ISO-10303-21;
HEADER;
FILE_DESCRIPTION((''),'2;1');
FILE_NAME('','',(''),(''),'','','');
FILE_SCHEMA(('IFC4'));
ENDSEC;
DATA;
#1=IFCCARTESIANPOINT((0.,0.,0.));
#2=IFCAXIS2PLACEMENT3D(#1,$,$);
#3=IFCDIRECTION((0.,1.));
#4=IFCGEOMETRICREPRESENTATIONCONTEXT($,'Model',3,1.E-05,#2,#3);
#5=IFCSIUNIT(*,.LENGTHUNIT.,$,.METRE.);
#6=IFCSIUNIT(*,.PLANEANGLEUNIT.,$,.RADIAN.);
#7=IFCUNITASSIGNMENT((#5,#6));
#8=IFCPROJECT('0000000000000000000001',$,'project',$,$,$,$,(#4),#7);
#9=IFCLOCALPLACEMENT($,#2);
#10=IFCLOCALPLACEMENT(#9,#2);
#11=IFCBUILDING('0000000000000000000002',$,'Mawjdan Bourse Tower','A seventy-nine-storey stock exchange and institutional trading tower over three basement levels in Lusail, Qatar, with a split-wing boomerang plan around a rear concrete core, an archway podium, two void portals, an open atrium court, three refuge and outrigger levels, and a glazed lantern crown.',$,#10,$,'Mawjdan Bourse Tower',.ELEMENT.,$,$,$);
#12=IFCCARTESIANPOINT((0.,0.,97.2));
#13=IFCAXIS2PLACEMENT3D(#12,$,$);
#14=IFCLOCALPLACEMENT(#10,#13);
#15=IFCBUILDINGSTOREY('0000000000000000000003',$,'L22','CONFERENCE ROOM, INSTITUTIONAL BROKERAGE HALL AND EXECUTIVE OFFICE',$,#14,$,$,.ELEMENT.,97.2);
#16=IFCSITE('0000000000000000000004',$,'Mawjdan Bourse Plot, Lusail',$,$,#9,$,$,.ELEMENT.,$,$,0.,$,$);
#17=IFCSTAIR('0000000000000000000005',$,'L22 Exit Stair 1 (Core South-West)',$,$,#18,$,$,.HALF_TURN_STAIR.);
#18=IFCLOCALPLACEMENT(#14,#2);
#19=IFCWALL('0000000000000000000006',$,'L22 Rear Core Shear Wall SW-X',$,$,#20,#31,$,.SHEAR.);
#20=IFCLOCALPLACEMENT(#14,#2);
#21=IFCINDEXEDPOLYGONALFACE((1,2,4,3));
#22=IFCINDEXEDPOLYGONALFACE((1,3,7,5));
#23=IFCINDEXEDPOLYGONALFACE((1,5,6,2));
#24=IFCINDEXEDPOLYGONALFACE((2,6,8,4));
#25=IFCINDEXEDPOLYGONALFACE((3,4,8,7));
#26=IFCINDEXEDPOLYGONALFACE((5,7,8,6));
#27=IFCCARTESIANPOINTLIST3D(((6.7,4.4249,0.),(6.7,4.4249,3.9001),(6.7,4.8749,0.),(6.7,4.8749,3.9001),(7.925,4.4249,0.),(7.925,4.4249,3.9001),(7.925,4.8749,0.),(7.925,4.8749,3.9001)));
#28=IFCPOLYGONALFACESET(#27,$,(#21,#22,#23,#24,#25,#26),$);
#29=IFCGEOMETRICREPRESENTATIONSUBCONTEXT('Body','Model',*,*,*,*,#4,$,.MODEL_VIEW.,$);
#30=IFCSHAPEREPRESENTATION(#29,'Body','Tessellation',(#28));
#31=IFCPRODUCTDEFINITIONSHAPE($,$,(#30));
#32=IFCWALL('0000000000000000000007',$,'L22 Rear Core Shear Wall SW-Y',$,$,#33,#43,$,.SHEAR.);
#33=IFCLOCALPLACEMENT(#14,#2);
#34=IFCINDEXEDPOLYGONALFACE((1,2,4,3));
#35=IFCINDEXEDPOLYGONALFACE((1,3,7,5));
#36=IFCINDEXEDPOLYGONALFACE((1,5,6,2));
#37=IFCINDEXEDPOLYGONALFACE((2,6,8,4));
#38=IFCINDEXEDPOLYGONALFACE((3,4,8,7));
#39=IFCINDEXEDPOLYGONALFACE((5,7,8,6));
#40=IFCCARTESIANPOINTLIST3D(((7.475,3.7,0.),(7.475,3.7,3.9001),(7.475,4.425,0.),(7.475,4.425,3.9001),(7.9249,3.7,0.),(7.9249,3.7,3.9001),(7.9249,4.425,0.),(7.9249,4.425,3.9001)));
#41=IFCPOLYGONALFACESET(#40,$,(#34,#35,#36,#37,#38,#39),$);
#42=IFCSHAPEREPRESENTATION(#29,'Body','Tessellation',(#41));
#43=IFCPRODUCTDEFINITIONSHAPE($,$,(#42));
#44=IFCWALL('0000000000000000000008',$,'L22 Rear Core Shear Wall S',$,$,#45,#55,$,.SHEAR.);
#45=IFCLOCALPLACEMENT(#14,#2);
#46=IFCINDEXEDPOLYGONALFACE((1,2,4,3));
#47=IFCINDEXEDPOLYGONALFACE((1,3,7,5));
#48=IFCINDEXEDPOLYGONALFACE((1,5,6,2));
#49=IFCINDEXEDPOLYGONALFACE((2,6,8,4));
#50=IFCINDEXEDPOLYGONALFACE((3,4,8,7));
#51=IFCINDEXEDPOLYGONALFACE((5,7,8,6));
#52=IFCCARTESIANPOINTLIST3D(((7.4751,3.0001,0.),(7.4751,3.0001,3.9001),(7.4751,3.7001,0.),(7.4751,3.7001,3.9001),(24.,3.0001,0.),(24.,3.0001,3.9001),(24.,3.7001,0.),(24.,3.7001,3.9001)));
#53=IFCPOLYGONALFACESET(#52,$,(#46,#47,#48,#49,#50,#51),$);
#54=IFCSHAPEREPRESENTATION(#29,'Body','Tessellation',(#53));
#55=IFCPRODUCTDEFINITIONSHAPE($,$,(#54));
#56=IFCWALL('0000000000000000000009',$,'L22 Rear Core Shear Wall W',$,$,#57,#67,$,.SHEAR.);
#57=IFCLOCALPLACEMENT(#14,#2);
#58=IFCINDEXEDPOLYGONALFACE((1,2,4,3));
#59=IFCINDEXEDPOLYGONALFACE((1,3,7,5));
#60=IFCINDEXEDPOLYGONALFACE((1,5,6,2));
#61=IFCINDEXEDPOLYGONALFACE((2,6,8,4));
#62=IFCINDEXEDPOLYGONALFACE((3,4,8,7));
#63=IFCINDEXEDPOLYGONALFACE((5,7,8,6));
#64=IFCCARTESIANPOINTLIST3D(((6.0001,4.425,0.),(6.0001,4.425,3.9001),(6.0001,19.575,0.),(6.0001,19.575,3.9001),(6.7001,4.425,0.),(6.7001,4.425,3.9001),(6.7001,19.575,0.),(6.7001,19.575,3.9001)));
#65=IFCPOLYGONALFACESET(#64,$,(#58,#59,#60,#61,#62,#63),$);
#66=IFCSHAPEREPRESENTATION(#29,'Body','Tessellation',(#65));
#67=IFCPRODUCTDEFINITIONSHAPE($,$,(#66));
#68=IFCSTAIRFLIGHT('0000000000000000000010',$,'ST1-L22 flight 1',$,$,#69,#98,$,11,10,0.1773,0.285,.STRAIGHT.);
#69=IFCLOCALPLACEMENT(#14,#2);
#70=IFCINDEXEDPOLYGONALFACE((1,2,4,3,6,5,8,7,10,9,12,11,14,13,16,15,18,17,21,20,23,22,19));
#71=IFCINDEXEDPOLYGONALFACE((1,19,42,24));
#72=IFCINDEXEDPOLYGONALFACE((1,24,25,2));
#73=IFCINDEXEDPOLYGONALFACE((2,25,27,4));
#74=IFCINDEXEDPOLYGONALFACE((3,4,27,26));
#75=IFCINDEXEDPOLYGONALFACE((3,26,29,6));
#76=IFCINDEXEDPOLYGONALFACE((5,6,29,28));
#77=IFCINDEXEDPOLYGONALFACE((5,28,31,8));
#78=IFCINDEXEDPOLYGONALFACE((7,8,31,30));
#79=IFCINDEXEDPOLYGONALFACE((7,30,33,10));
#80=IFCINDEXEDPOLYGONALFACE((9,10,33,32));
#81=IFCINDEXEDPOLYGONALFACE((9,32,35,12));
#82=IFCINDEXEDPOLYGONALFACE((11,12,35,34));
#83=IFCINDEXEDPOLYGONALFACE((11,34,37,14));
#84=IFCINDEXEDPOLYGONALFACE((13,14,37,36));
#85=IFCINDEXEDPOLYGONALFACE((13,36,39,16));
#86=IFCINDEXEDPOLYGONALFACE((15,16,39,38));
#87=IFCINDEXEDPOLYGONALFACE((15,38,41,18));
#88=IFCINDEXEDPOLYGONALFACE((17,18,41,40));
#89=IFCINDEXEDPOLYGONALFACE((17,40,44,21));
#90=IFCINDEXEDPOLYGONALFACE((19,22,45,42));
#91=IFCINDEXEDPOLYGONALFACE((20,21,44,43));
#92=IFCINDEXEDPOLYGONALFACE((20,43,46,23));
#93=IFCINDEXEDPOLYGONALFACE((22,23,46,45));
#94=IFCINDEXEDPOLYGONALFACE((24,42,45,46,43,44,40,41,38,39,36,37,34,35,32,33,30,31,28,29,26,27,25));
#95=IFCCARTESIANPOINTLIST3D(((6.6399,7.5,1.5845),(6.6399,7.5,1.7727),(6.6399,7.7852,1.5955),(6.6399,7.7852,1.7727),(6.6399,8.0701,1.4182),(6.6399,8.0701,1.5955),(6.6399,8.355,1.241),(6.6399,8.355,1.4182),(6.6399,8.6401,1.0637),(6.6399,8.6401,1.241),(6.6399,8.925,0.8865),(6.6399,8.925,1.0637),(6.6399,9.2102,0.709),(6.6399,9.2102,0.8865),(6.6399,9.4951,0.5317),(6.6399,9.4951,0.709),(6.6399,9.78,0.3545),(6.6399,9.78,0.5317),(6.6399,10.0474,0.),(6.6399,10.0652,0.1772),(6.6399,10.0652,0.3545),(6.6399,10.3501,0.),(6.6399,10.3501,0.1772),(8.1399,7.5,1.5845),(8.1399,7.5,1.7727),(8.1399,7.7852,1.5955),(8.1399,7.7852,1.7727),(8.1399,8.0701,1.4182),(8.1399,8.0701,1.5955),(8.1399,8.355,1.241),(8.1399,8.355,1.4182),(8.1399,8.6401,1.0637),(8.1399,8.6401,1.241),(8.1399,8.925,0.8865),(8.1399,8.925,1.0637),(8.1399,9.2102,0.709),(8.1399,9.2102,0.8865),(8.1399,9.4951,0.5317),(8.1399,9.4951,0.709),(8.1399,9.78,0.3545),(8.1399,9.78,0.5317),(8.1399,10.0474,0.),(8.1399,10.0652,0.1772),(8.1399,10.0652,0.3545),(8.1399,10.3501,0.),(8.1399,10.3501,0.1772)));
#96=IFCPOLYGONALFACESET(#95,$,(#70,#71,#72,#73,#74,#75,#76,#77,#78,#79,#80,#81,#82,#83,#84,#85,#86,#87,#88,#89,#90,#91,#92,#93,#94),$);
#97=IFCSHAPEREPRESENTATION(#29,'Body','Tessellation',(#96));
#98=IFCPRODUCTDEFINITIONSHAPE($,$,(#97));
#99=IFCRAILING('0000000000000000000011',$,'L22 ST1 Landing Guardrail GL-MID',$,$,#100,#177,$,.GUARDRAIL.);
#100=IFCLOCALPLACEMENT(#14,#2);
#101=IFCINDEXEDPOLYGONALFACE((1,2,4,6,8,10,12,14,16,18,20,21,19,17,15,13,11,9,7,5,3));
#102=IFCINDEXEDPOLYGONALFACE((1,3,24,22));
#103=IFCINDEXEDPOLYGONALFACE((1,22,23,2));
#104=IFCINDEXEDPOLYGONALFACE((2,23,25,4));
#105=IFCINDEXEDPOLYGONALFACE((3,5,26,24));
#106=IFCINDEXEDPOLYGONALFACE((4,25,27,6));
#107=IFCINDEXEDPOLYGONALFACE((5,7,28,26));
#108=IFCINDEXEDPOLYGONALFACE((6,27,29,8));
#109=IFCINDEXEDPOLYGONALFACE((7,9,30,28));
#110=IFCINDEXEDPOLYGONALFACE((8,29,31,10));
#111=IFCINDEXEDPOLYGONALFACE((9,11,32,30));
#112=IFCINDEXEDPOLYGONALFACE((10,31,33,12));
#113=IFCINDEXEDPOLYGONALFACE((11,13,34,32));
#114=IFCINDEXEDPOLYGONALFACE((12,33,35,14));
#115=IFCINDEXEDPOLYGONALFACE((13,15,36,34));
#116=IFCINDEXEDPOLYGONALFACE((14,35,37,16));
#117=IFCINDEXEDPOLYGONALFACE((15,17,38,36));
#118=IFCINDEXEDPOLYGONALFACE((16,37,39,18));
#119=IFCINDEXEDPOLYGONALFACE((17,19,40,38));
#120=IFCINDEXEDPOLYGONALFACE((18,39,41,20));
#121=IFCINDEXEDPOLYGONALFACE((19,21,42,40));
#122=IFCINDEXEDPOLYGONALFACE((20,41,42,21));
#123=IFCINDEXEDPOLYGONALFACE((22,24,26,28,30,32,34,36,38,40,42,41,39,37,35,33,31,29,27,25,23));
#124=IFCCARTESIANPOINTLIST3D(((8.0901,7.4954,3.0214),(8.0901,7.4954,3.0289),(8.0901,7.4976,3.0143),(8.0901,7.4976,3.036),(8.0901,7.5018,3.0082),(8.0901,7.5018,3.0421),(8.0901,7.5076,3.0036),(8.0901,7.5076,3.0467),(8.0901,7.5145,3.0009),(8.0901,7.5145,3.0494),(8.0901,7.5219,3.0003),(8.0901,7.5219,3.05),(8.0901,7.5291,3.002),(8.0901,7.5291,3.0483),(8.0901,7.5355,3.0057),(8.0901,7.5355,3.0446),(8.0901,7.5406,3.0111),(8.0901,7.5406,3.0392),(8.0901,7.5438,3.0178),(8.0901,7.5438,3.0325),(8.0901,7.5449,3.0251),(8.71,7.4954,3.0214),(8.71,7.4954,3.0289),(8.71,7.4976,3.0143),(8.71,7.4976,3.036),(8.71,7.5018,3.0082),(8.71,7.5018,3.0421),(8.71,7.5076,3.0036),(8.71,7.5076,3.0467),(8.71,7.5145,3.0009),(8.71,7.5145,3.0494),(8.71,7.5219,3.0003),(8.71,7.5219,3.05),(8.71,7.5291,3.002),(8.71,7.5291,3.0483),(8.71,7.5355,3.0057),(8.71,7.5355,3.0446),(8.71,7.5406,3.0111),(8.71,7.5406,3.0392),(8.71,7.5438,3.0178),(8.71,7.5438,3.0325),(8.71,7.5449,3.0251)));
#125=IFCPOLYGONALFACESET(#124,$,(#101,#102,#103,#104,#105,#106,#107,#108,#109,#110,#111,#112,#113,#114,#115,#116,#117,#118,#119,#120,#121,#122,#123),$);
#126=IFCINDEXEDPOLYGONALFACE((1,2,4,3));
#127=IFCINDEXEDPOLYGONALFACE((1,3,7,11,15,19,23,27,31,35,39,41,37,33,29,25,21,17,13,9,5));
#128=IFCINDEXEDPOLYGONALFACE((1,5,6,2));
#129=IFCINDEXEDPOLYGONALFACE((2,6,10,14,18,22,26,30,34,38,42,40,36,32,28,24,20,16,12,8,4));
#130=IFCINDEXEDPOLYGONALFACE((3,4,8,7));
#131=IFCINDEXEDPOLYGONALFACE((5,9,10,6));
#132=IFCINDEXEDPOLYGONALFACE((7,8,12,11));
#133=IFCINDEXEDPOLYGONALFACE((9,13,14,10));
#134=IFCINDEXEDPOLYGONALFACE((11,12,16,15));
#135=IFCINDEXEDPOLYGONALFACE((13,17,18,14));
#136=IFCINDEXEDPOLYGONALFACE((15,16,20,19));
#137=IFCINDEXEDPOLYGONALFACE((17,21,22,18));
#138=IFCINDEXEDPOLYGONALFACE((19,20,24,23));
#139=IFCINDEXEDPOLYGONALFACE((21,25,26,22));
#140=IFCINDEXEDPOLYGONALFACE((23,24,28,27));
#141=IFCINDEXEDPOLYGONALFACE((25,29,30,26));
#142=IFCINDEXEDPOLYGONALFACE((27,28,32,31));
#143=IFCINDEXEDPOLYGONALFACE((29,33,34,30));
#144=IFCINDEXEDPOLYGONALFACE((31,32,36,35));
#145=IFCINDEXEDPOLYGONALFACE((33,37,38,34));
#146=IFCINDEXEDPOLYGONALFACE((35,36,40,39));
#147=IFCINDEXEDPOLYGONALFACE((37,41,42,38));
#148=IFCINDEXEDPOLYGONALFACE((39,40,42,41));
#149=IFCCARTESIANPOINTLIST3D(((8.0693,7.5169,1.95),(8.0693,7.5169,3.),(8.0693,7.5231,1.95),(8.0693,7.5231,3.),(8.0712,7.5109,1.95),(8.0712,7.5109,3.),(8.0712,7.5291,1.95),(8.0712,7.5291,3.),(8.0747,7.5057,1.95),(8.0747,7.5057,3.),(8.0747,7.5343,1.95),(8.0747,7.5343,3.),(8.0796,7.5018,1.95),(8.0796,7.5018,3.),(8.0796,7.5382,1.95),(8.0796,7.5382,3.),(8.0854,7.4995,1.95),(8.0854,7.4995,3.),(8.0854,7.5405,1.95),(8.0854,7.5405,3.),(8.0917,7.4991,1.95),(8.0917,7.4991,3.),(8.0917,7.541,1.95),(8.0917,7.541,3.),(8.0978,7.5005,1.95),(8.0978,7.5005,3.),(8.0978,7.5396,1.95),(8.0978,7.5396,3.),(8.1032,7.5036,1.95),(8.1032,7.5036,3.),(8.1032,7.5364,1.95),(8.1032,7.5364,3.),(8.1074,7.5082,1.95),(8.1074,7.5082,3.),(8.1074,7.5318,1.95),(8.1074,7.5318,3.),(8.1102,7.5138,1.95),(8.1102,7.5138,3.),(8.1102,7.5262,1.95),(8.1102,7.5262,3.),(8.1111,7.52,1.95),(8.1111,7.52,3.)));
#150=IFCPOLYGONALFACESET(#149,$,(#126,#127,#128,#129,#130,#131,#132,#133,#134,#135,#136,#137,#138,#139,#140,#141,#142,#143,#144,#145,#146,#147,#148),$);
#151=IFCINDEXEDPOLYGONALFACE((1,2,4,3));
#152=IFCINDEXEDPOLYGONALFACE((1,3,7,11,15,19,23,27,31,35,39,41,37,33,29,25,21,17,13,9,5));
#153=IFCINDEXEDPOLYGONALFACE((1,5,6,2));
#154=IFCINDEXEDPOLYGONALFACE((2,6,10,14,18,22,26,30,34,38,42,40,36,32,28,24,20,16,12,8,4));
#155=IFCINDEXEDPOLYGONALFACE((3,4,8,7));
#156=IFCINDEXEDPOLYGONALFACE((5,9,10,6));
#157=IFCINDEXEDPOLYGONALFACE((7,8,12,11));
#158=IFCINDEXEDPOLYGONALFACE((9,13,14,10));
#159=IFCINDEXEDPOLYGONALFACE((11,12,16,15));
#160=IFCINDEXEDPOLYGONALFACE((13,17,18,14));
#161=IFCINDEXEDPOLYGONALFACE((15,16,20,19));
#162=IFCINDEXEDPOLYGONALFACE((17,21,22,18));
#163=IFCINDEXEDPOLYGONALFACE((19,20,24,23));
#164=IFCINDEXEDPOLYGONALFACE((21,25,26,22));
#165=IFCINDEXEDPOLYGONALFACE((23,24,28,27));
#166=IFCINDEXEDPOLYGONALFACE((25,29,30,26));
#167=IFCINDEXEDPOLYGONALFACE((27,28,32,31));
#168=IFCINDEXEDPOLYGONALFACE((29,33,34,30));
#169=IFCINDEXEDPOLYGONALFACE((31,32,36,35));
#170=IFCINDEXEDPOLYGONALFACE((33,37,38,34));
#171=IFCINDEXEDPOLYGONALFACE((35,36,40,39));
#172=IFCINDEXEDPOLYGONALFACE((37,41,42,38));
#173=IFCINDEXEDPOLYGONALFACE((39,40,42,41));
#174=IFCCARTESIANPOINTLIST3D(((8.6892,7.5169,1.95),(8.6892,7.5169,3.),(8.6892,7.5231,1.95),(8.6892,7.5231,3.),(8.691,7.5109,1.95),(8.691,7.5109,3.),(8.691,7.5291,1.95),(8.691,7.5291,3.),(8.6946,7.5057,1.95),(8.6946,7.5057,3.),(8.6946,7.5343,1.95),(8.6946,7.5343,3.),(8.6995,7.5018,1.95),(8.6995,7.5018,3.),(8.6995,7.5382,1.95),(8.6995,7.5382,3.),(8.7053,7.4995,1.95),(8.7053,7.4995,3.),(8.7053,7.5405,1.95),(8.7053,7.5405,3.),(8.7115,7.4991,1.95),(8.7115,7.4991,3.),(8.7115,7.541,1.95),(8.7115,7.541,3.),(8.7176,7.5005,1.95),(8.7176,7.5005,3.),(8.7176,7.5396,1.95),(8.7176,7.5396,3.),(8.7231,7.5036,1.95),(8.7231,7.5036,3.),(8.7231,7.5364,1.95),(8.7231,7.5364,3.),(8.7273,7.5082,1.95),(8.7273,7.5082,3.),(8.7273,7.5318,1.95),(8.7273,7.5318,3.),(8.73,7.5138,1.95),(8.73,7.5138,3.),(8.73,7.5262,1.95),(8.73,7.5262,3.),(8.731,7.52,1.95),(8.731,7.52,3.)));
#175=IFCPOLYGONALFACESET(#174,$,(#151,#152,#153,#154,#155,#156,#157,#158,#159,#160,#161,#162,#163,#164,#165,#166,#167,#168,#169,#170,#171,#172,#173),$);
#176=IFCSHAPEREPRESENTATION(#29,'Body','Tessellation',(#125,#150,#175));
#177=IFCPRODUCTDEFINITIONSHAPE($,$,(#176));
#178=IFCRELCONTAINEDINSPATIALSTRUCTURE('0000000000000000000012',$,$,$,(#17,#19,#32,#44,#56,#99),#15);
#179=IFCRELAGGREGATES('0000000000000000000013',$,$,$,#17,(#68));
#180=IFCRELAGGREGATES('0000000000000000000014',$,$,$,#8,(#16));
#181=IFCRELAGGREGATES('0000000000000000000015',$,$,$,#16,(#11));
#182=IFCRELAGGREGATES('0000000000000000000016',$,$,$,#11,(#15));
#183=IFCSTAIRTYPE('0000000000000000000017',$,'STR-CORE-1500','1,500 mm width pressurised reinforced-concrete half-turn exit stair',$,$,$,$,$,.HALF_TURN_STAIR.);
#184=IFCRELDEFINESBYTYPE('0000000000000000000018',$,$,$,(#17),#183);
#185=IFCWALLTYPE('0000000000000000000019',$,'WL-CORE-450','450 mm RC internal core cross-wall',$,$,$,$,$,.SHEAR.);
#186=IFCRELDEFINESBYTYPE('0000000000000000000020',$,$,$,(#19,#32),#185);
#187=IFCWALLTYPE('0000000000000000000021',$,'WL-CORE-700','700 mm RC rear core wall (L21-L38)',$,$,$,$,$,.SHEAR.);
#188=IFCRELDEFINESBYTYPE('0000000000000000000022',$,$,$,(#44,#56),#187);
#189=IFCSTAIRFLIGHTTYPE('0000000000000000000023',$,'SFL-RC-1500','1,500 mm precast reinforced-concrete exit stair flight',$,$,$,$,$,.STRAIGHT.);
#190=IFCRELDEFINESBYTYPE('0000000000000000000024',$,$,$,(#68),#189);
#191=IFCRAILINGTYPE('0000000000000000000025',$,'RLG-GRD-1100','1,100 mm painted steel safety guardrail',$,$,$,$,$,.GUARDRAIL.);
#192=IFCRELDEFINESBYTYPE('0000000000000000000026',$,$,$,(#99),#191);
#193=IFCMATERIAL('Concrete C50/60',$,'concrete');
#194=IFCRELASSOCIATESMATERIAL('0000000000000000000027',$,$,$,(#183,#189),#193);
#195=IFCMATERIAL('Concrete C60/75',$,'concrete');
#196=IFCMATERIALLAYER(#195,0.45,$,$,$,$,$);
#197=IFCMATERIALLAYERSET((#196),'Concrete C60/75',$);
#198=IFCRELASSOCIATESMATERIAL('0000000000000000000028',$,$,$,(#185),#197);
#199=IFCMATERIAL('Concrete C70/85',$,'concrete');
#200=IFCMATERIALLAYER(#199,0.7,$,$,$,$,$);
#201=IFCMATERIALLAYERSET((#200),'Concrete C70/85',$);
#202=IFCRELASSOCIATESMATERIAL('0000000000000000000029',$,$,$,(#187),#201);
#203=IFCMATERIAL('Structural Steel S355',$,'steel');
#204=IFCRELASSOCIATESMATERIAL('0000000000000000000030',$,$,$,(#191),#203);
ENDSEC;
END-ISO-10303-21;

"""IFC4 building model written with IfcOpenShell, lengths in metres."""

from ifc_helpers import new_model, si_unit, direction, frame, frame_2d, origin, origin_2d, place, context, subcontext, project, spatial, polyline, rectangle, circle, outline, extrude, material, layer, layer_set, type_object, element, aggregate, save


model = new_model("IFC4")

# Units and contexts
model_context = context("Model", 3, precision=1e-05, world=origin(), true_north=direction((0.0, 1.0)))
body_context = subcontext(model_context, "Body", "Model", "MODEL_VIEW")
ifc_project = project(units=[si_unit("LENGTHUNIT", "METRE"), si_unit("PLANEANGLEUNIT", "RADIAN")], contexts=[model_context])

# Site, building, storey
site_placement = place(None, origin())
site = spatial("IfcSite", under=ifc_project, at=site_placement, Name="Mawjdan Bourse Plot, Lusail", CompositionType="ELEMENT", RefElevation=0.0)
building_placement = place(site_placement, origin())
building = spatial("IfcBuilding", under=site, at=building_placement, Name="Mawjdan Bourse Tower", Description="A seventy-nine-storey stock exchange and institutional trading tower over three basement levels in Lusail, Qatar, with a split-wing boomerang plan around a rear concrete core, an archway podium, two void portals, an open atrium court, three refuge and outrigger levels, and a glazed lantern crown.", LongName="Mawjdan Bourse Tower", CompositionType="ELEMENT")
storey_placement = place(building_placement, frame((0.0, 0.0, 97.2)))
storey = spatial("IfcBuildingStorey", under=building, at=storey_placement, Name="L22", Description="CONFERENCE ROOM, INSTITUTIONAL BROKERAGE HALL AND EXECUTIVE OFFICE", CompositionType="ELEMENT", Elevation=97.2)

# Stair
ifc_material_1 = material(Name="Concrete C50/60", Category="concrete")
stair_type = type_object("IfcStairType", Name="STR-CORE-1500", Description="1,500 mm width pressurised reinforced-concrete half-turn exit stair", PredefinedType="HALF_TURN_STAIR", material=ifc_material_1)
stair_1_placement = place(storey_placement, origin())
stair_1 = element("IfcStair", 1, at=stair_1_placement, inside=storey, type_object=stair_type, Name="L22 Exit Stair 1 (Core South-West)", PredefinedType="HALF_TURN_STAIR")

# Walls
ifc_material_2 = material(Name="Concrete C60/75", Category="concrete")
ifc_layer_1 = layer(ifc_material_2, 0.45)
ifc_layer_set_1 = layer_set([ifc_layer_1], Name="Concrete C60/75")
wall_type_1 = type_object("IfcWallType", Name="WL-CORE-450", Description="450 mm RC internal core cross-wall", PredefinedType="SHEAR", material=ifc_layer_set_1)
wall_1_placement = place(storey_placement, frame((6.7, 4.6499, 0.0), z_axis=(0.0, 0.0, 1.0), x_axis=(1.0, 0.0, 0.0)))
element("IfcWall", 2, at=wall_1_placement, inside=storey, type_object=wall_type_1, Name="L22 Rear Core Shear Wall SW-X", PredefinedType="SHEAR", context=body_context, shape_type="SweptSolid", body=[
    extrude(rectangle(XDim=1.2251, YDim=0.45, at=frame_2d((0.6125, 0.0))), origin(), (0.0, 0.0, 1.0), 3.9001),
])
wall_2_placement = place(storey_placement, frame((7.7, 3.7, 0.0), z_axis=(0.0, 0.0, 1.0), x_axis=(0.0, 1.0, 0.0)))
element("IfcWall", 3, at=wall_2_placement, inside=storey, type_object=wall_type_1, Name="L22 Rear Core Shear Wall SW-Y", PredefinedType="SHEAR", context=body_context, shape_type="SweptSolid", body=[
    extrude(rectangle(XDim=0.7251, YDim=0.45, at=frame_2d((0.3625, 0.0))), origin(), (0.0, 0.0, 1.0), 3.9001),
])
ifc_material_3 = material(Name="Concrete C70/85", Category="concrete")
ifc_layer_2 = layer(ifc_material_3, 0.7)
ifc_layer_set_2 = layer_set([ifc_layer_2], Name="Concrete C70/85")
wall_type_2 = type_object("IfcWallType", Name="WL-CORE-700", Description="700 mm RC rear core wall (L21-L38)", PredefinedType="SHEAR", material=ifc_layer_set_2)
wall_3_placement = place(storey_placement, frame((7.4751, 3.3501, 0.0), z_axis=(0.0, 0.0, 1.0), x_axis=(1.0, 0.0, 0.0)))
element("IfcWall", 4, at=wall_3_placement, inside=storey, type_object=wall_type_2, Name="L22 Rear Core Shear Wall S", PredefinedType="SHEAR", context=body_context, shape_type="SweptSolid", body=[
    extrude(rectangle(XDim=16.5249, YDim=0.7, at=frame_2d((8.2625, 0.0))), origin(), (0.0, 0.0, 1.0), 3.9001),
])
wall_4_placement = place(storey_placement, frame((6.3501, 4.425, 0.0), z_axis=(0.0, 0.0, 1.0), x_axis=(0.0, 1.0, 0.0)))
element("IfcWall", 5, at=wall_4_placement, inside=storey, type_object=wall_type_2, Name="L22 Rear Core Shear Wall W", PredefinedType="SHEAR", context=body_context, shape_type="SweptSolid", body=[
    extrude(rectangle(XDim=15.1499, YDim=0.7, at=frame_2d((7.575, 0.0))), origin(), (0.0, 0.0, 1.0), 3.9001),
])

# Stair flight
stair_flight_type = type_object("IfcStairFlightType", Name="SFL-RC-1500", Description="1,500 mm precast reinforced-concrete exit stair flight", PredefinedType="STRAIGHT", material=ifc_material_1)
stair_flight_placement = place(storey_placement, frame((7.3899, 10.3501, 0.0), z_axis=(0.0, 0.0, 1.0), x_axis=(0.0, -1.0, 0.0)))
stair_flight = element("IfcStairFlight", 6, at=stair_flight_placement, type_object=stair_flight_type, Name="ST1-L22 flight 1", NumberOfRisers=11, NumberOfTreads=10, PredefinedType="STRAIGHT", RiserHeight=0.1773, TreadLength=0.285, context=body_context, shape_type="SweptSolid", body=[
    extrude(outline(polyline([(0.0, 0.0), (0.0, 0.1772), (0.2849, 0.1772), (0.2849, 0.3545), (0.5701, 0.3545), (0.5701, 0.5317), (0.855, 0.5317), (0.855, 0.709), (1.1399, 0.709), (1.1399, 0.8865), (1.425, 0.8865), (1.425, 1.0637), (1.71, 1.0637), (1.71, 1.241), (1.9951, 1.241), (1.9951, 1.4182), (2.28, 1.4182), (2.28, 1.5955), (2.5649, 1.5955), (2.5649, 1.7727), (2.8501, 1.7727), (2.8501, 1.95), (2.8501, 1.5845), (0.3027, 0.0), (0.0, 0.0)])), frame((0.0, 0.75, 0.0), z_axis=(0.0, -1.0, 0.0), x_axis=(1.0, 0.0, 0.0)), (0.0, 0.0, 1.0), 1.5),
])
aggregate(stair_1, [stair_flight])

# Railing
ifc_material_4 = material(Name="Structural Steel S355", Category="steel")
railing_type = type_object("IfcRailingType", Name="RLG-GRD-1100", Description="1,100 mm painted steel safety guardrail", PredefinedType="GUARDRAIL", material=ifc_material_4)
for number, where, name in (
    (7, (8.0901, 7.52, 1.95), "L22 ST1 Landing Guardrail GL-MID"),
):
    element("IfcRailing", number, at=place(storey_placement, frame(where)), inside=storey, type_object=railing_type, Name=name, PredefinedType="GUARDRAIL", context=body_context, shape_type="SweptSolid", body=[
        extrude(circle(Radius=0.0249, at=origin_2d()), frame((0.0, 0.0, 1.0752), z_axis=(1.0, 0.0, 0.0), x_axis=(0.0, 1.0, 0.0)), (0.0, 0.0, 1.0), 0.6199),
        extrude(circle(Radius=0.021, at=origin_2d()), origin(), (0.0, 0.0, 1.0), 1.05),
        extrude(circle(Radius=0.021, at=origin_2d()), frame((0.6199, 0.0, 0.0)), (0.0, 0.0, 1.0), 1.05),
    ])

save(model, "model.ifc")
